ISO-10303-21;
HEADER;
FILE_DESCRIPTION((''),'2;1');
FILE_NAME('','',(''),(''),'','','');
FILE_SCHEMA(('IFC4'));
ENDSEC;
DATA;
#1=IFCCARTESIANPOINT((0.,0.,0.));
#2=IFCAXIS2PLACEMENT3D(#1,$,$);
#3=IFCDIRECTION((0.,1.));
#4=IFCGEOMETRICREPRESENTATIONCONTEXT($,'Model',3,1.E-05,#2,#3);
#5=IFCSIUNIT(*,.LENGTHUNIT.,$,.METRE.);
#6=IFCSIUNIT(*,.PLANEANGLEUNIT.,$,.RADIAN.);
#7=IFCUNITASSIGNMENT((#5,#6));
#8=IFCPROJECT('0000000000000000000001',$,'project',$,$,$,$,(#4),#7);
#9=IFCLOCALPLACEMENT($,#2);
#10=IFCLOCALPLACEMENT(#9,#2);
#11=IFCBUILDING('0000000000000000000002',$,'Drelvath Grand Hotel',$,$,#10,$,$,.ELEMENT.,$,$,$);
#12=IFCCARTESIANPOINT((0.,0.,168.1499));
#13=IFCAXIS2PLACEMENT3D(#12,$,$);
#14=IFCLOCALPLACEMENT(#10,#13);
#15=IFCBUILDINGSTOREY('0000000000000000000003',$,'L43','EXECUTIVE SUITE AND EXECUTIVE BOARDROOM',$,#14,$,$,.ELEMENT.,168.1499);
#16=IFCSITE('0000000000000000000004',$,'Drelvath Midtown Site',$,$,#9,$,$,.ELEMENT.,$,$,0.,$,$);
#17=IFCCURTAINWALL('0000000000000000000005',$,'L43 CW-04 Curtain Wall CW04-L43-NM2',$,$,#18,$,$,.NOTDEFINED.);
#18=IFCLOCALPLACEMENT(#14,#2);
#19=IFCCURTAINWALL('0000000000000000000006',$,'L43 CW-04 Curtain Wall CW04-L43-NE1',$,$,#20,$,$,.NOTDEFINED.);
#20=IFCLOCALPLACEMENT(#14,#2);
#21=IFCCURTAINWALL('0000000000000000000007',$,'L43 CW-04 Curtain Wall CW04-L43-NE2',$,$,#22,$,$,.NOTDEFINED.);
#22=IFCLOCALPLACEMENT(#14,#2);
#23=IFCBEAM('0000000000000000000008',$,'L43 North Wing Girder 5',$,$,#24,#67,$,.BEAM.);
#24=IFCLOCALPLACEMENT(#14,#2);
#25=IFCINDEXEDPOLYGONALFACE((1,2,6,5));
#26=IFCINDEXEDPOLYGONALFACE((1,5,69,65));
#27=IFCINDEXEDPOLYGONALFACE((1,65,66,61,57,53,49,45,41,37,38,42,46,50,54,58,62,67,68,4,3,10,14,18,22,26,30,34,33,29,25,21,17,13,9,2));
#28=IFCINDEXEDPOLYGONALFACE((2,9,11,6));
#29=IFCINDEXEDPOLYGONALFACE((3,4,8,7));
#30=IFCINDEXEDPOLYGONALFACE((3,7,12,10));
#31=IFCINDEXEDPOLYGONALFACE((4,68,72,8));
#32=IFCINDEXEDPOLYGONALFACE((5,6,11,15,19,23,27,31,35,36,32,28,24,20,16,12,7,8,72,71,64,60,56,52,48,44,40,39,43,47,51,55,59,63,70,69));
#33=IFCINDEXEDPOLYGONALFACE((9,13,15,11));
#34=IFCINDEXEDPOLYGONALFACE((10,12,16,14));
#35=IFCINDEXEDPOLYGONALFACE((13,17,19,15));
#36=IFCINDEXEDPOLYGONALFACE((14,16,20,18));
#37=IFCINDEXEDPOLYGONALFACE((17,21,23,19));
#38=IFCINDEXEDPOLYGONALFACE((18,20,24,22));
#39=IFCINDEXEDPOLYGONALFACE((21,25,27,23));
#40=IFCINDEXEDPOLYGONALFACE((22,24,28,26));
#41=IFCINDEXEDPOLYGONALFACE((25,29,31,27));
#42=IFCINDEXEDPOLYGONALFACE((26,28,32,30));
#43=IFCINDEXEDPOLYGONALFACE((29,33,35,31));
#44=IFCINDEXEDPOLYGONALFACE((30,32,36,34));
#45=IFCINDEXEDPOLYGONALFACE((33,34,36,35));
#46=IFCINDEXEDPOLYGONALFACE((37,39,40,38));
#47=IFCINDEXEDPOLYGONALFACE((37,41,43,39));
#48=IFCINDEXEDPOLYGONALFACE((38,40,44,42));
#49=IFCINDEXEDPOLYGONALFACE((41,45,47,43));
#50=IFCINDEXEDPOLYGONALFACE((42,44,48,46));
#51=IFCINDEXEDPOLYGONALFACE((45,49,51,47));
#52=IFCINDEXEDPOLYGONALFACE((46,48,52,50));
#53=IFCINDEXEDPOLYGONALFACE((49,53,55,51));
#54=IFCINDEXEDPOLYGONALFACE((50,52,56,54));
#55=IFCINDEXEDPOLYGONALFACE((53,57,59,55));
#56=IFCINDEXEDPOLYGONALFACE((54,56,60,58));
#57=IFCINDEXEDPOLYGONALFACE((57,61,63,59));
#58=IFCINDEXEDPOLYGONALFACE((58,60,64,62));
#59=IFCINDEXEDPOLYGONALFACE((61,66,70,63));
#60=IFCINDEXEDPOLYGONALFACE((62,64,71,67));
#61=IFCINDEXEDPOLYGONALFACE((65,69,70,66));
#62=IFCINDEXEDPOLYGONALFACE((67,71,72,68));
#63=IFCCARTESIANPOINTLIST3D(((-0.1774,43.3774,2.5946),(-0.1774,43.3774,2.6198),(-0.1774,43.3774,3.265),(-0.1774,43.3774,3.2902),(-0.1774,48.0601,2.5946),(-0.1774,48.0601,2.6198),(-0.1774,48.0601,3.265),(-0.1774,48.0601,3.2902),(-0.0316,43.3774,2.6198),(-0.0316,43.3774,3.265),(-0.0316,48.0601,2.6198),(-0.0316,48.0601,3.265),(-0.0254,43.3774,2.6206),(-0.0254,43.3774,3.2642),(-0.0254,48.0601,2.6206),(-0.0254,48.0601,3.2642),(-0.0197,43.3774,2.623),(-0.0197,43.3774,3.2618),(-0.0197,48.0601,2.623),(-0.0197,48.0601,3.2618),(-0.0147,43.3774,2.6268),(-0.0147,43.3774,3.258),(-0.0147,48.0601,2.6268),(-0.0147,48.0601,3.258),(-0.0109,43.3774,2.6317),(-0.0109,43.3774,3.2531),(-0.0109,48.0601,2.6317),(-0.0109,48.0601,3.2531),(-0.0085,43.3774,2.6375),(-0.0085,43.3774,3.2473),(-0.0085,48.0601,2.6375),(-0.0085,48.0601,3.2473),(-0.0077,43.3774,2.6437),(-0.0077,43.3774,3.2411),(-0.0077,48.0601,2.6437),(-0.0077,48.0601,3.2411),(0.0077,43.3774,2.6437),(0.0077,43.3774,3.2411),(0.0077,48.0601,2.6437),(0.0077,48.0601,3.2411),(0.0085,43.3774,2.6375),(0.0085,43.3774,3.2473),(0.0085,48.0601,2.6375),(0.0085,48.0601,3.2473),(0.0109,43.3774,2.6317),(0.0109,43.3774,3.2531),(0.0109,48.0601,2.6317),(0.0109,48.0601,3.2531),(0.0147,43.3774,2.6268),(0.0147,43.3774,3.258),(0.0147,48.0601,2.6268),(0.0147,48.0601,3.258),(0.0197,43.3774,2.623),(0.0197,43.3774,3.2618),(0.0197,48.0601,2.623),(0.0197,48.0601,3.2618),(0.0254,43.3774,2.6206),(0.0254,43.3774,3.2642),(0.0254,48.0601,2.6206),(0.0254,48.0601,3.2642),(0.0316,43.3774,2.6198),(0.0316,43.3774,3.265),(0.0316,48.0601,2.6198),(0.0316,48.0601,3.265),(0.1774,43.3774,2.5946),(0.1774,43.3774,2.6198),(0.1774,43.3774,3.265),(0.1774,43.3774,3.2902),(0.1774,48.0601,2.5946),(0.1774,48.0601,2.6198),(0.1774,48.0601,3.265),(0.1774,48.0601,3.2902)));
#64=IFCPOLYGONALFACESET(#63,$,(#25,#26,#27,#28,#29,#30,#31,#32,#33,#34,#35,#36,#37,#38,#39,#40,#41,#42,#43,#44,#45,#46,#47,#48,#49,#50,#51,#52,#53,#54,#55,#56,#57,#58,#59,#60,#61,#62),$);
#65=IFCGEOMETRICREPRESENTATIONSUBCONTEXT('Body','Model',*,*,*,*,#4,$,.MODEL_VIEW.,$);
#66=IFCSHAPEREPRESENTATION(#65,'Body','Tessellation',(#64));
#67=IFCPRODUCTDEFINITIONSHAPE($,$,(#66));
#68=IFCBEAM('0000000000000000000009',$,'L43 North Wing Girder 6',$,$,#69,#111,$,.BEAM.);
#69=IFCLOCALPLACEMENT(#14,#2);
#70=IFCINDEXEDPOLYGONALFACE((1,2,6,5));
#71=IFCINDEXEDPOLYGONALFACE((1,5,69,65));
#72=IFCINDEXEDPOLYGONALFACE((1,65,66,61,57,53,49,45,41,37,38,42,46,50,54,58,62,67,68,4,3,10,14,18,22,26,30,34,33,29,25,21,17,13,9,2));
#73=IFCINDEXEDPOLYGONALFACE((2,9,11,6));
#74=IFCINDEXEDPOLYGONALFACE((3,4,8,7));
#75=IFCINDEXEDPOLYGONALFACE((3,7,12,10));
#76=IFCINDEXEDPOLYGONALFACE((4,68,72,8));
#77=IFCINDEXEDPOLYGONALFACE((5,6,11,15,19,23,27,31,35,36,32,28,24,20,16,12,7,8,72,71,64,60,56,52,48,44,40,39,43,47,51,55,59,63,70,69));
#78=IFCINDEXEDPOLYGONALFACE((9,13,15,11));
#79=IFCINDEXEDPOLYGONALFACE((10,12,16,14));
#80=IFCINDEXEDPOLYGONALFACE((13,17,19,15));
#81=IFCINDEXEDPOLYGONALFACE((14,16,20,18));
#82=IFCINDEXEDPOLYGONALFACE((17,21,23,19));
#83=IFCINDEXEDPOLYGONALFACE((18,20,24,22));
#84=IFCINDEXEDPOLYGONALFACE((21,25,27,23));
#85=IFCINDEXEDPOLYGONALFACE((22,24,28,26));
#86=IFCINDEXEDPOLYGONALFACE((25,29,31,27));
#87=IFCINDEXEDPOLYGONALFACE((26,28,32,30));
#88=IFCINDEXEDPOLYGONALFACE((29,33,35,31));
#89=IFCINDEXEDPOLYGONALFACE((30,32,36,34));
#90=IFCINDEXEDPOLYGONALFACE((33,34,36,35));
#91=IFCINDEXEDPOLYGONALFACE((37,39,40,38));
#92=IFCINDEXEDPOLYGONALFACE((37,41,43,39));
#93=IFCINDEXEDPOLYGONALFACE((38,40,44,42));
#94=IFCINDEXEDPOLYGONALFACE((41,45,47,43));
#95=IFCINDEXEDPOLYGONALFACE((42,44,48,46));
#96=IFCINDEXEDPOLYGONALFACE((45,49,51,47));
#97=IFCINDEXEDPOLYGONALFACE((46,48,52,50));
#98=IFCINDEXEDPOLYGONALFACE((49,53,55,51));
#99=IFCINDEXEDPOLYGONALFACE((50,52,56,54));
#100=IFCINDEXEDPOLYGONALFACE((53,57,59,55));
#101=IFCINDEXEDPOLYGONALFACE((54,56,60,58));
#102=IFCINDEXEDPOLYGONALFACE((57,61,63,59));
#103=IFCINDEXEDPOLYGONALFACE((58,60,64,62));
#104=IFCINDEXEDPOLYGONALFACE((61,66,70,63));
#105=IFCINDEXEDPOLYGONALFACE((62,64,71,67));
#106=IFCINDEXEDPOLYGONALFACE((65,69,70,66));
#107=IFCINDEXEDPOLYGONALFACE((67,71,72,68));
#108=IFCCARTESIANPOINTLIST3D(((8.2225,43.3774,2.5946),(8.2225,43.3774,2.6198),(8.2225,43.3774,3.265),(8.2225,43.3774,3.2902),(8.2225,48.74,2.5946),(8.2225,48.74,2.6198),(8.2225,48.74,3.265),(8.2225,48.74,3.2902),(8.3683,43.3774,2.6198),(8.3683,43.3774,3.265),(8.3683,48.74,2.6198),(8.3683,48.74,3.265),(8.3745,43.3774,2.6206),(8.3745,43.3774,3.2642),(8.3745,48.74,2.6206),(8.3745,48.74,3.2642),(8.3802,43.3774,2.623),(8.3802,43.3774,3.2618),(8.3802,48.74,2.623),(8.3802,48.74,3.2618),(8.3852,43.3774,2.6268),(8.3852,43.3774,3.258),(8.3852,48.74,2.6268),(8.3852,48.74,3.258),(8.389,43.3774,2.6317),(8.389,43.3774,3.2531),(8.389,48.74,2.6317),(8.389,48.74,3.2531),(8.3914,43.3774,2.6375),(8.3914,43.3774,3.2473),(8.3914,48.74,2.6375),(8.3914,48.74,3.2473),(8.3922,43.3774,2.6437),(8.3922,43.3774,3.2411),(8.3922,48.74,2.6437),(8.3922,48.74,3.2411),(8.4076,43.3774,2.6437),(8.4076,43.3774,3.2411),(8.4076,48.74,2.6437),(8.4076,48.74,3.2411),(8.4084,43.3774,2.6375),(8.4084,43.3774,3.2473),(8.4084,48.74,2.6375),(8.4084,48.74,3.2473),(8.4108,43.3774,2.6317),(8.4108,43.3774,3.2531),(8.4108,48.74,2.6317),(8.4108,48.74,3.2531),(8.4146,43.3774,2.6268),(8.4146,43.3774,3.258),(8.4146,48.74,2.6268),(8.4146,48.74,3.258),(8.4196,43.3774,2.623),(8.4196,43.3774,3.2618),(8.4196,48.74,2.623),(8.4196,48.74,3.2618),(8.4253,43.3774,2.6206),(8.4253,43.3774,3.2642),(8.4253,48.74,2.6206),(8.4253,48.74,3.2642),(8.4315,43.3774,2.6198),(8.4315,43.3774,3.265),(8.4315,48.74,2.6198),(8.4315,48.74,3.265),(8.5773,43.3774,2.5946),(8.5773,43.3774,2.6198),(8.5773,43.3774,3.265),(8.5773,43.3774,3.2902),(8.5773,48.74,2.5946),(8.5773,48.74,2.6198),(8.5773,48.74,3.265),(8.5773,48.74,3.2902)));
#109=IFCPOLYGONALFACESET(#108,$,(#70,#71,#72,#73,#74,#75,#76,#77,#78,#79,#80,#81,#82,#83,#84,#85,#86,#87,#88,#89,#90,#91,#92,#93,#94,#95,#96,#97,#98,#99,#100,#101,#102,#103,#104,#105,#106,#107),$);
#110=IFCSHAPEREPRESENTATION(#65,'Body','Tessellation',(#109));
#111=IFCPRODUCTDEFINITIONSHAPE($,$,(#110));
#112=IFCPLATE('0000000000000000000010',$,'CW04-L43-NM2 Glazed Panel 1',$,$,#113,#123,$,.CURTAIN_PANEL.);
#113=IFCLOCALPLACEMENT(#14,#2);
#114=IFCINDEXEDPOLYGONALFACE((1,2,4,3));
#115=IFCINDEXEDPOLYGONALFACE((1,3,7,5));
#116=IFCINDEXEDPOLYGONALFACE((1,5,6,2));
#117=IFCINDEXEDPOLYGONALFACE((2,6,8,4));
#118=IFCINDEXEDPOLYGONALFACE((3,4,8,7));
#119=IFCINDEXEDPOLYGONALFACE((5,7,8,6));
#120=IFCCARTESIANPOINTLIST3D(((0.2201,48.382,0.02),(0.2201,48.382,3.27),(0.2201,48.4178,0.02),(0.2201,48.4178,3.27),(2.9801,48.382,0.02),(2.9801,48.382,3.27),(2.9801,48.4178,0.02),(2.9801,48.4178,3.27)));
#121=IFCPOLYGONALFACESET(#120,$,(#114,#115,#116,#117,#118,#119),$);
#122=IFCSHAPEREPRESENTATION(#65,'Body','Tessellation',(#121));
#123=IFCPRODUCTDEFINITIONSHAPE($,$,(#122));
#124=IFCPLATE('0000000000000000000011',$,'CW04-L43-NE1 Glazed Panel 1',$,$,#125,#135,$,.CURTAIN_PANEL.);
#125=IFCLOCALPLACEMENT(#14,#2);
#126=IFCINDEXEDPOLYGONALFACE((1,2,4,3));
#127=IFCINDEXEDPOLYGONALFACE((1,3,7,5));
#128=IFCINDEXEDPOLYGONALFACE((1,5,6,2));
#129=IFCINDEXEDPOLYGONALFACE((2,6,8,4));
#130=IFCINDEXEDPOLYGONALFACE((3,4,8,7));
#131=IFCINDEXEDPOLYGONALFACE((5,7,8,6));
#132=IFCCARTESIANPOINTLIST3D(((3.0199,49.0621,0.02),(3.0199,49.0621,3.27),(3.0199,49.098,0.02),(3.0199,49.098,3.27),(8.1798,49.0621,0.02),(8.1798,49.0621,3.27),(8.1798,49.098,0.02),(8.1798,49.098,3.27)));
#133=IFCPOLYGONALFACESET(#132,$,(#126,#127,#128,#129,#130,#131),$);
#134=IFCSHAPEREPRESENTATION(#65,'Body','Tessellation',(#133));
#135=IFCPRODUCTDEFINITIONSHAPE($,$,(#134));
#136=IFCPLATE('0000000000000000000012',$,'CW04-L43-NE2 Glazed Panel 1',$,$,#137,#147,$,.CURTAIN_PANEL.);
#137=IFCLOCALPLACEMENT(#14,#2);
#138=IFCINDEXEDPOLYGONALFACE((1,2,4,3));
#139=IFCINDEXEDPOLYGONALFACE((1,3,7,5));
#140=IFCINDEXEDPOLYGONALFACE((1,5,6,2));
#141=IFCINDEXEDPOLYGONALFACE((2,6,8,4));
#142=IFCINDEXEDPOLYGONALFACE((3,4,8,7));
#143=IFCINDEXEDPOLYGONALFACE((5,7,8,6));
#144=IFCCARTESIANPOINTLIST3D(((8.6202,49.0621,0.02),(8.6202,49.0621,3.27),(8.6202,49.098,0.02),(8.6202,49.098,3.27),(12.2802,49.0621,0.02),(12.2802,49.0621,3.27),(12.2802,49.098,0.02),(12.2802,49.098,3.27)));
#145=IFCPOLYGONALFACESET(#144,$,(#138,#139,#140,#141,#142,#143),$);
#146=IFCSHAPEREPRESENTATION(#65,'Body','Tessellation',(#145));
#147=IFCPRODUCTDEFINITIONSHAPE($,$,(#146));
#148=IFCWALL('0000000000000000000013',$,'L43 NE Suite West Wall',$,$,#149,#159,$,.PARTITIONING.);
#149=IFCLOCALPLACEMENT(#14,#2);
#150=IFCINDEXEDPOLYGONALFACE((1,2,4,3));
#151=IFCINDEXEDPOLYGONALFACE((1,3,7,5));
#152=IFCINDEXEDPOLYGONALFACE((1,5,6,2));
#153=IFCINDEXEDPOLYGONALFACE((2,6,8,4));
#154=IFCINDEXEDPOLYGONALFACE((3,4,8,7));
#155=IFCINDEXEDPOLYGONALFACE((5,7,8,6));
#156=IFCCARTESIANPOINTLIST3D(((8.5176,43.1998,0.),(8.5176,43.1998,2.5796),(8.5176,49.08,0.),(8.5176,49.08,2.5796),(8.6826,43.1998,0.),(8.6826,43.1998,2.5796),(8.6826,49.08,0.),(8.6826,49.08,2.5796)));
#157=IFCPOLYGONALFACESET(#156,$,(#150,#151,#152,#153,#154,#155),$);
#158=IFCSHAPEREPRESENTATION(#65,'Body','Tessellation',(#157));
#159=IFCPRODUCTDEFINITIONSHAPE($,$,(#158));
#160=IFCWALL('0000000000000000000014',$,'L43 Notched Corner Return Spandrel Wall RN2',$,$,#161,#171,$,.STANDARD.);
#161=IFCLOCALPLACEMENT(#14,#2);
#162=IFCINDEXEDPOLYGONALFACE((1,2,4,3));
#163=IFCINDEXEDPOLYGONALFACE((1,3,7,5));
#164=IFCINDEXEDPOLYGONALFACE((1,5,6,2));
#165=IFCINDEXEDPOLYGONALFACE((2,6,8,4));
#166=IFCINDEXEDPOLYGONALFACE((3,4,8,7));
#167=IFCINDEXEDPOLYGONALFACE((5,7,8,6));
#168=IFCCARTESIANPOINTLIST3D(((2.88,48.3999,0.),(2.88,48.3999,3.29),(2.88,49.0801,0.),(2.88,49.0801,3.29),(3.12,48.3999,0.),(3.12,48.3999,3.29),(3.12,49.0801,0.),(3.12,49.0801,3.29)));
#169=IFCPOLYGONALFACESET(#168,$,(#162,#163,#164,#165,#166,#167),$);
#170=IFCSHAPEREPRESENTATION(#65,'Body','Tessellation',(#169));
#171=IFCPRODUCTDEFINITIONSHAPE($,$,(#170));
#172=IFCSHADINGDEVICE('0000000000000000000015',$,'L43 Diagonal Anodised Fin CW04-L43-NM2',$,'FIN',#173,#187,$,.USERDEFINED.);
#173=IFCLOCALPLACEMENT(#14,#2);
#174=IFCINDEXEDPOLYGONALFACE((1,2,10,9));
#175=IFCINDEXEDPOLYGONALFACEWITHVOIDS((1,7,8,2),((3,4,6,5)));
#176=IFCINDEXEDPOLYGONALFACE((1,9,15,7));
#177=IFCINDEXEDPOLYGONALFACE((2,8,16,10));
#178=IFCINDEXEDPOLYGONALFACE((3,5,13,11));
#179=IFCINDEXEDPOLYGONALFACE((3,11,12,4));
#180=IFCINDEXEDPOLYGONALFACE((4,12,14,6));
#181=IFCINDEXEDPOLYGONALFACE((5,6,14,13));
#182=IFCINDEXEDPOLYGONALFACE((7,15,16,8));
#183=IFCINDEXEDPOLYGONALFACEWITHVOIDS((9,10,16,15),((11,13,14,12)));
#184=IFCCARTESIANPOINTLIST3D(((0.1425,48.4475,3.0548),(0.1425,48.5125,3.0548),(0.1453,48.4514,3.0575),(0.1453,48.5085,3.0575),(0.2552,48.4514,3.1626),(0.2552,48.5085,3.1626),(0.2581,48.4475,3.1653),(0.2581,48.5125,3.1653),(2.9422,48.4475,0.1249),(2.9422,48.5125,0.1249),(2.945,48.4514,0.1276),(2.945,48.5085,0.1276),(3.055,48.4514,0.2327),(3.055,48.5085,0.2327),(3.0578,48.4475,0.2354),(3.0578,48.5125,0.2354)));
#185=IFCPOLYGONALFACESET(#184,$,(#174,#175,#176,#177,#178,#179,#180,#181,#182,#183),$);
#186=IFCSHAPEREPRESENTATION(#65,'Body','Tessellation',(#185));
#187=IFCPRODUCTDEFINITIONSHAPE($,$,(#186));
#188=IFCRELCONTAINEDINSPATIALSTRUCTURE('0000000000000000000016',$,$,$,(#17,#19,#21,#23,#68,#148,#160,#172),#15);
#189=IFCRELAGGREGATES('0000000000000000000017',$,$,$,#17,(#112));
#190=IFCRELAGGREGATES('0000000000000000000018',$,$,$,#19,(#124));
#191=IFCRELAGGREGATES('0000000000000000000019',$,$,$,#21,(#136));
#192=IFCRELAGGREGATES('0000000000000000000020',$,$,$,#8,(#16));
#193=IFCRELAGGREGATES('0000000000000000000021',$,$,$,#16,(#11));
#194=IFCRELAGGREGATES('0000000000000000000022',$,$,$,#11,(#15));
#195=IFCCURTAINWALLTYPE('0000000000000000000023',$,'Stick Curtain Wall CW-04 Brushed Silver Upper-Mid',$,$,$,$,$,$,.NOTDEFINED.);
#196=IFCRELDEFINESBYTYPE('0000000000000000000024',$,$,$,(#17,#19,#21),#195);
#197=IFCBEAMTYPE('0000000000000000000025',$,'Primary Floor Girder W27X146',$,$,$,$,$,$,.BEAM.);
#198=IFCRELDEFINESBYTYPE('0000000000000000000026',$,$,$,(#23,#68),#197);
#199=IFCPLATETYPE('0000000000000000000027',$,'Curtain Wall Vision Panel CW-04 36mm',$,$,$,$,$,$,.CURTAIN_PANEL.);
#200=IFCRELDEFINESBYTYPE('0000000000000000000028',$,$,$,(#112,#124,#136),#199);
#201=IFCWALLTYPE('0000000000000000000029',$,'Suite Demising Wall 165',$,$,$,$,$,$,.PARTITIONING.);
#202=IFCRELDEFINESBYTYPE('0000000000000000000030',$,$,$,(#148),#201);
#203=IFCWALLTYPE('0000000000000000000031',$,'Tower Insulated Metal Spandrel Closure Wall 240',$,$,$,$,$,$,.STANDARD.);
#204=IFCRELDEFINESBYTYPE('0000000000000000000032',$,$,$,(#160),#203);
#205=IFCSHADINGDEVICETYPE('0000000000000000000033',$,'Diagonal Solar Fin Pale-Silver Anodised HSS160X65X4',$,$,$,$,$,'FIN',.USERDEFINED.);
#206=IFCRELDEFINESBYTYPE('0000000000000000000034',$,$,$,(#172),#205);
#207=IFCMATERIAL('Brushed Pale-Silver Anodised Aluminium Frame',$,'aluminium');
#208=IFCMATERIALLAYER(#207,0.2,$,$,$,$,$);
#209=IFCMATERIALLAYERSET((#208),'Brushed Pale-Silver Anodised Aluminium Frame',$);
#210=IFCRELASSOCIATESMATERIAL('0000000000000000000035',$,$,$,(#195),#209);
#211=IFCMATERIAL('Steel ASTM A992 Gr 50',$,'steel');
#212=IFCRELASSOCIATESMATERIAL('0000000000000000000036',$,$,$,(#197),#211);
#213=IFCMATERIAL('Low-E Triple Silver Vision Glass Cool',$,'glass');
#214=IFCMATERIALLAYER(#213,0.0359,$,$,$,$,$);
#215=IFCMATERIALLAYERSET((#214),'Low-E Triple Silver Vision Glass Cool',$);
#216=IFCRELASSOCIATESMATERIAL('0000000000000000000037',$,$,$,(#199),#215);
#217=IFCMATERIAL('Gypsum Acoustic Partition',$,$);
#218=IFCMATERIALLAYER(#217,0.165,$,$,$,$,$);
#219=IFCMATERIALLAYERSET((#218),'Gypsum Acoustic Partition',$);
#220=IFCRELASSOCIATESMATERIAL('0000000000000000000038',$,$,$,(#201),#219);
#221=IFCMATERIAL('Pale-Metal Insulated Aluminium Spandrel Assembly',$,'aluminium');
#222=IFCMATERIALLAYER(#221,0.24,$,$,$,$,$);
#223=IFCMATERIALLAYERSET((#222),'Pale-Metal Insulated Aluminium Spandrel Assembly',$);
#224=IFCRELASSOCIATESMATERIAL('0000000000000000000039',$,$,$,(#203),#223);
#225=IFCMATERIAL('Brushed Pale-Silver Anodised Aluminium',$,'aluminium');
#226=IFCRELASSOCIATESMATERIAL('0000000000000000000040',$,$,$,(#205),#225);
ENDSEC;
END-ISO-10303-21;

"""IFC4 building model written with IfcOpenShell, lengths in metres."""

from ifc_helpers import new_model, si_unit, direction, frame, frame_2d, origin, origin_2d, place, context, subcontext, project, spatial, rectangle, hollow_rectangle, i_section, extrude, material, layer, layer_set, material_profile, profile_set, type_object, element, aggregate, save


model = new_model("IFC4")

# Units and contexts
model_context = context("Model", 3, precision=1e-05, world=origin(), true_north=direction((0.0, 1.0)))
body_context = subcontext(model_context, "Body", "Model", "MODEL_VIEW")
ifc_project = project(units=[si_unit("LENGTHUNIT", "METRE"), si_unit("PLANEANGLEUNIT", "RADIAN")], contexts=[model_context])

# Site, building, storey
site_placement = place(None, origin())
site = spatial("IfcSite", under=ifc_project, at=site_placement, Name="Drelvath Midtown Site", CompositionType="ELEMENT", RefElevation=0.0)
building_placement = place(site_placement, origin())
building = spatial("IfcBuilding", under=site, at=building_placement, Name="Drelvath Grand Hotel", CompositionType="ELEMENT")
storey_placement = place(building_placement, frame((0.0, 0.0, 168.1499)))
storey = spatial("IfcBuildingStorey", under=building, at=storey_placement, Name="L43", Description="EXECUTIVE SUITE AND EXECUTIVE BOARDROOM", CompositionType="ELEMENT", Elevation=168.1499)

# Curtain walls
ifc_material_1 = material(Name="Brushed Pale-Silver Anodised Aluminium Frame", Category="aluminium")
ifc_layer_1 = layer(ifc_material_1, 0.2)
ifc_layer_set_1 = layer_set([ifc_layer_1], Name="Brushed Pale-Silver Anodised Aluminium Frame")
curtain_wall_type = type_object("IfcCurtainWallType", Name="Stick Curtain Wall CW-04 Brushed Silver Upper-Mid", PredefinedType="NOTDEFINED", material=ifc_layer_set_1)
curtain_wall_1_placement = place(storey_placement, origin())
curtain_wall_1 = element("IfcCurtainWall", 1, at=curtain_wall_1_placement, inside=storey, type_object=curtain_wall_type, Name="L43 CW-04 Curtain Wall CW04-L43-NM2", PredefinedType="NOTDEFINED")
curtain_wall_2_placement = place(storey_placement, origin())
curtain_wall_2 = element("IfcCurtainWall", 2, at=curtain_wall_2_placement, inside=storey, type_object=curtain_wall_type, Name="L43 CW-04 Curtain Wall CW04-L43-NE1", PredefinedType="NOTDEFINED")
curtain_wall_3_placement = place(storey_placement, origin())
curtain_wall_3 = element("IfcCurtainWall", 3, at=curtain_wall_3_placement, inside=storey, type_object=curtain_wall_type, Name="L43 CW-04 Curtain Wall CW04-L43-NE2", PredefinedType="NOTDEFINED")

# Beams
ifc_material_2 = material(Name="Steel ASTM A992 Gr 50", Category="steel")
ifc_material_profile_1 = material_profile(ifc_material_2, i_section(OverallWidth=0.3547, OverallDepth=0.6956, WebThickness=0.0154, FlangeThickness=0.0251, FilletRadius=0.0239, at=origin_2d()), Name="W27X146")
ifc_profile_set_1 = profile_set([ifc_material_profile_1], Name="Steel ASTM A992 Gr 50")
beam_type_1 = type_object("IfcBeamType", Name="Primary Floor Girder W27X146", PredefinedType="BEAM", material=ifc_profile_set_1)
beam_1_placement = place(storey_placement, frame((0.0, 43.3774, 2.9424), z_axis=(0.0, 1.0, 0.0), x_axis=(-1.0, 0.0, 0.0)))
element("IfcBeam", 4, at=beam_1_placement, inside=storey, type_object=beam_type_1, Name="L43 North Wing Girder 5", PredefinedType="BEAM", context=body_context, shape_type="SweptSolid", body=[
    extrude(i_section(OverallWidth=0.3547, OverallDepth=0.6956, WebThickness=0.0154, FlangeThickness=0.0251, FilletRadius=0.0239, at=origin_2d()), origin(), (0.0, 0.0, 1.0), 4.6826),
])
beam_2_placement = place(storey_placement, frame((8.3999, 43.3774, 2.9424), z_axis=(0.0, 1.0, 0.0), x_axis=(-1.0, 0.0, 0.0)))
element("IfcBeam", 5, at=beam_2_placement, inside=storey, type_object=beam_type_1, Name="L43 North Wing Girder 6", PredefinedType="BEAM", context=body_context, shape_type="SweptSolid", body=[
    extrude(i_section(OverallWidth=0.3547, OverallDepth=0.6956, WebThickness=0.0154, FlangeThickness=0.0251, FilletRadius=0.0239, at=origin_2d()), origin(), (0.0, 0.0, 1.0), 5.3625),
])

# Plates
ifc_material_3 = material(Name="Low-E Triple Silver Vision Glass Cool", Category="glass")
ifc_layer_2 = layer(ifc_material_3, 0.0359)
ifc_layer_set_2 = layer_set([ifc_layer_2], Name="Low-E Triple Silver Vision Glass Cool")
plate_type = type_object("IfcPlateType", Name="Curtain Wall Vision Panel CW-04 36mm", PredefinedType="CURTAIN_PANEL", material=ifc_layer_set_2)
plate_1_placement = place(storey_placement, frame((1.6001, 48.3999, 0.02), z_axis=(0.0, 0.0, 1.0), x_axis=(1.0, 0.0, 0.0)))
plate_1 = element("IfcPlate", 6, at=plate_1_placement, type_object=plate_type, Name="CW04-L43-NM2 Glazed Panel 1", PredefinedType="CURTAIN_PANEL", context=body_context, shape_type="SweptSolid", body=[
    extrude(rectangle(XDim=2.76, YDim=0.0359, at=origin_2d()), origin(), (0.0, 0.0, 1.0), 3.25),
])
aggregate(curtain_wall_1, [plate_1])
plate_2_placement = place(storey_placement, frame((5.5999, 49.0801, 0.02), z_axis=(0.0, 0.0, 1.0), x_axis=(1.0, 0.0, 0.0)))
plate_2 = element("IfcPlate", 7, at=plate_2_placement, type_object=plate_type, Name="CW04-L43-NE1 Glazed Panel 1", PredefinedType="CURTAIN_PANEL", context=body_context, shape_type="SweptSolid", body=[
    extrude(rectangle(XDim=5.1599, YDim=0.0359, at=origin_2d()), origin(), (0.0, 0.0, 1.0), 3.25),
])
aggregate(curtain_wall_2, [plate_2])
plate_3_placement = place(storey_placement, frame((10.4502, 49.0801, 0.02), z_axis=(0.0, 0.0, 1.0), x_axis=(1.0, 0.0, 0.0)))
plate_3 = element("IfcPlate", 8, at=plate_3_placement, type_object=plate_type, Name="CW04-L43-NE2 Glazed Panel 1", PredefinedType="CURTAIN_PANEL", context=body_context, shape_type="SweptSolid", body=[
    extrude(rectangle(XDim=3.6599, YDim=0.0359, at=origin_2d()), origin(), (0.0, 0.0, 1.0), 3.25),
])
aggregate(curtain_wall_3, [plate_3])

# Walls
ifc_material_4 = material(Name="Gypsum Acoustic Partition")
ifc_layer_3 = layer(ifc_material_4, 0.165)
ifc_layer_set_3 = layer_set([ifc_layer_3], Name="Gypsum Acoustic Partition")
wall_type_1 = type_object("IfcWallType", Name="Suite Demising Wall 165", PredefinedType="PARTITIONING", material=ifc_layer_set_3)
wall_1_placement = place(storey_placement, frame((8.6001, 43.2, 0.0), z_axis=(0.0, 0.0, 1.0), x_axis=(0.0, 1.0, 0.0)))
element("IfcWall", 9, at=wall_1_placement, inside=storey, type_object=wall_type_1, Name="L43 NE Suite West Wall", PredefinedType="PARTITIONING", context=body_context, shape_type="SweptSolid", body=[
    extrude(rectangle(XDim=5.8801, YDim=0.165, at=frame_2d((2.9399, 0.0))), origin(), (0.0, 0.0, 1.0), 2.5796),
])
ifc_material_5 = material(Name="Pale-Metal Insulated Aluminium Spandrel Assembly", Category="aluminium")
ifc_layer_4 = layer(ifc_material_5, 0.24)
ifc_layer_set_4 = layer_set([ifc_layer_4], Name="Pale-Metal Insulated Aluminium Spandrel Assembly")
wall_type_2 = type_object("IfcWallType", Name="Tower Insulated Metal Spandrel Closure Wall 240", PredefinedType="STANDARD", material=ifc_layer_set_4)
wall_2_placement = place(storey_placement, frame((3.0, 48.3999, 0.0), z_axis=(0.0, 0.0, 1.0), x_axis=(0.0, 1.0, 0.0)))
element("IfcWall", 10, at=wall_2_placement, inside=storey, type_object=wall_type_2, Name="L43 Notched Corner Return Spandrel Wall RN2", PredefinedType="STANDARD", context=body_context, shape_type="SweptSolid", body=[
    extrude(rectangle(XDim=0.6802, YDim=0.24, at=frame_2d((0.3401, 0.0))), origin(), (0.0, 0.0, 1.0), 3.29),
])

# Shading device
ifc_material_6 = material(Name="Brushed Pale-Silver Anodised Aluminium", Category="aluminium")
ifc_material_profile_2 = material_profile(ifc_material_6, hollow_rectangle(XDim=0.0649, YDim=0.1599, WallThickness=0.0039, at=origin_2d()), Name="HSS160X65X4")
ifc_profile_set_2 = profile_set([ifc_material_profile_2], Name="Brushed Pale-Silver Anodised Aluminium")
shading_device_type = type_object("IfcShadingDeviceType", Name="Diagonal Solar Fin Pale-Silver Anodised HSS160X65X4", ElementType="FIN", PredefinedType="USERDEFINED", material=ifc_profile_set_2)
shading_device_placement = place(storey_placement, frame((3.0, 48.48, 0.1802), z_axis=(-0.69087, 0.0, 0.722979), x_axis=(0.0, -1.0, 0.0)))
element("IfcShadingDevice", 11, at=shading_device_placement, inside=storey, type_object=shading_device_type, Name="L43 Diagonal Anodised Fin CW04-L43-NM2", ObjectType="FIN", PredefinedType="USERDEFINED", context=body_context, shape_type="SweptSolid", body=[
    extrude(hollow_rectangle(XDim=0.0649, YDim=0.1599, WallThickness=0.0039, at=origin_2d()), origin(), (0.0, 0.0, 1.0), 4.0525),
])

save(model, "model.ifc")
